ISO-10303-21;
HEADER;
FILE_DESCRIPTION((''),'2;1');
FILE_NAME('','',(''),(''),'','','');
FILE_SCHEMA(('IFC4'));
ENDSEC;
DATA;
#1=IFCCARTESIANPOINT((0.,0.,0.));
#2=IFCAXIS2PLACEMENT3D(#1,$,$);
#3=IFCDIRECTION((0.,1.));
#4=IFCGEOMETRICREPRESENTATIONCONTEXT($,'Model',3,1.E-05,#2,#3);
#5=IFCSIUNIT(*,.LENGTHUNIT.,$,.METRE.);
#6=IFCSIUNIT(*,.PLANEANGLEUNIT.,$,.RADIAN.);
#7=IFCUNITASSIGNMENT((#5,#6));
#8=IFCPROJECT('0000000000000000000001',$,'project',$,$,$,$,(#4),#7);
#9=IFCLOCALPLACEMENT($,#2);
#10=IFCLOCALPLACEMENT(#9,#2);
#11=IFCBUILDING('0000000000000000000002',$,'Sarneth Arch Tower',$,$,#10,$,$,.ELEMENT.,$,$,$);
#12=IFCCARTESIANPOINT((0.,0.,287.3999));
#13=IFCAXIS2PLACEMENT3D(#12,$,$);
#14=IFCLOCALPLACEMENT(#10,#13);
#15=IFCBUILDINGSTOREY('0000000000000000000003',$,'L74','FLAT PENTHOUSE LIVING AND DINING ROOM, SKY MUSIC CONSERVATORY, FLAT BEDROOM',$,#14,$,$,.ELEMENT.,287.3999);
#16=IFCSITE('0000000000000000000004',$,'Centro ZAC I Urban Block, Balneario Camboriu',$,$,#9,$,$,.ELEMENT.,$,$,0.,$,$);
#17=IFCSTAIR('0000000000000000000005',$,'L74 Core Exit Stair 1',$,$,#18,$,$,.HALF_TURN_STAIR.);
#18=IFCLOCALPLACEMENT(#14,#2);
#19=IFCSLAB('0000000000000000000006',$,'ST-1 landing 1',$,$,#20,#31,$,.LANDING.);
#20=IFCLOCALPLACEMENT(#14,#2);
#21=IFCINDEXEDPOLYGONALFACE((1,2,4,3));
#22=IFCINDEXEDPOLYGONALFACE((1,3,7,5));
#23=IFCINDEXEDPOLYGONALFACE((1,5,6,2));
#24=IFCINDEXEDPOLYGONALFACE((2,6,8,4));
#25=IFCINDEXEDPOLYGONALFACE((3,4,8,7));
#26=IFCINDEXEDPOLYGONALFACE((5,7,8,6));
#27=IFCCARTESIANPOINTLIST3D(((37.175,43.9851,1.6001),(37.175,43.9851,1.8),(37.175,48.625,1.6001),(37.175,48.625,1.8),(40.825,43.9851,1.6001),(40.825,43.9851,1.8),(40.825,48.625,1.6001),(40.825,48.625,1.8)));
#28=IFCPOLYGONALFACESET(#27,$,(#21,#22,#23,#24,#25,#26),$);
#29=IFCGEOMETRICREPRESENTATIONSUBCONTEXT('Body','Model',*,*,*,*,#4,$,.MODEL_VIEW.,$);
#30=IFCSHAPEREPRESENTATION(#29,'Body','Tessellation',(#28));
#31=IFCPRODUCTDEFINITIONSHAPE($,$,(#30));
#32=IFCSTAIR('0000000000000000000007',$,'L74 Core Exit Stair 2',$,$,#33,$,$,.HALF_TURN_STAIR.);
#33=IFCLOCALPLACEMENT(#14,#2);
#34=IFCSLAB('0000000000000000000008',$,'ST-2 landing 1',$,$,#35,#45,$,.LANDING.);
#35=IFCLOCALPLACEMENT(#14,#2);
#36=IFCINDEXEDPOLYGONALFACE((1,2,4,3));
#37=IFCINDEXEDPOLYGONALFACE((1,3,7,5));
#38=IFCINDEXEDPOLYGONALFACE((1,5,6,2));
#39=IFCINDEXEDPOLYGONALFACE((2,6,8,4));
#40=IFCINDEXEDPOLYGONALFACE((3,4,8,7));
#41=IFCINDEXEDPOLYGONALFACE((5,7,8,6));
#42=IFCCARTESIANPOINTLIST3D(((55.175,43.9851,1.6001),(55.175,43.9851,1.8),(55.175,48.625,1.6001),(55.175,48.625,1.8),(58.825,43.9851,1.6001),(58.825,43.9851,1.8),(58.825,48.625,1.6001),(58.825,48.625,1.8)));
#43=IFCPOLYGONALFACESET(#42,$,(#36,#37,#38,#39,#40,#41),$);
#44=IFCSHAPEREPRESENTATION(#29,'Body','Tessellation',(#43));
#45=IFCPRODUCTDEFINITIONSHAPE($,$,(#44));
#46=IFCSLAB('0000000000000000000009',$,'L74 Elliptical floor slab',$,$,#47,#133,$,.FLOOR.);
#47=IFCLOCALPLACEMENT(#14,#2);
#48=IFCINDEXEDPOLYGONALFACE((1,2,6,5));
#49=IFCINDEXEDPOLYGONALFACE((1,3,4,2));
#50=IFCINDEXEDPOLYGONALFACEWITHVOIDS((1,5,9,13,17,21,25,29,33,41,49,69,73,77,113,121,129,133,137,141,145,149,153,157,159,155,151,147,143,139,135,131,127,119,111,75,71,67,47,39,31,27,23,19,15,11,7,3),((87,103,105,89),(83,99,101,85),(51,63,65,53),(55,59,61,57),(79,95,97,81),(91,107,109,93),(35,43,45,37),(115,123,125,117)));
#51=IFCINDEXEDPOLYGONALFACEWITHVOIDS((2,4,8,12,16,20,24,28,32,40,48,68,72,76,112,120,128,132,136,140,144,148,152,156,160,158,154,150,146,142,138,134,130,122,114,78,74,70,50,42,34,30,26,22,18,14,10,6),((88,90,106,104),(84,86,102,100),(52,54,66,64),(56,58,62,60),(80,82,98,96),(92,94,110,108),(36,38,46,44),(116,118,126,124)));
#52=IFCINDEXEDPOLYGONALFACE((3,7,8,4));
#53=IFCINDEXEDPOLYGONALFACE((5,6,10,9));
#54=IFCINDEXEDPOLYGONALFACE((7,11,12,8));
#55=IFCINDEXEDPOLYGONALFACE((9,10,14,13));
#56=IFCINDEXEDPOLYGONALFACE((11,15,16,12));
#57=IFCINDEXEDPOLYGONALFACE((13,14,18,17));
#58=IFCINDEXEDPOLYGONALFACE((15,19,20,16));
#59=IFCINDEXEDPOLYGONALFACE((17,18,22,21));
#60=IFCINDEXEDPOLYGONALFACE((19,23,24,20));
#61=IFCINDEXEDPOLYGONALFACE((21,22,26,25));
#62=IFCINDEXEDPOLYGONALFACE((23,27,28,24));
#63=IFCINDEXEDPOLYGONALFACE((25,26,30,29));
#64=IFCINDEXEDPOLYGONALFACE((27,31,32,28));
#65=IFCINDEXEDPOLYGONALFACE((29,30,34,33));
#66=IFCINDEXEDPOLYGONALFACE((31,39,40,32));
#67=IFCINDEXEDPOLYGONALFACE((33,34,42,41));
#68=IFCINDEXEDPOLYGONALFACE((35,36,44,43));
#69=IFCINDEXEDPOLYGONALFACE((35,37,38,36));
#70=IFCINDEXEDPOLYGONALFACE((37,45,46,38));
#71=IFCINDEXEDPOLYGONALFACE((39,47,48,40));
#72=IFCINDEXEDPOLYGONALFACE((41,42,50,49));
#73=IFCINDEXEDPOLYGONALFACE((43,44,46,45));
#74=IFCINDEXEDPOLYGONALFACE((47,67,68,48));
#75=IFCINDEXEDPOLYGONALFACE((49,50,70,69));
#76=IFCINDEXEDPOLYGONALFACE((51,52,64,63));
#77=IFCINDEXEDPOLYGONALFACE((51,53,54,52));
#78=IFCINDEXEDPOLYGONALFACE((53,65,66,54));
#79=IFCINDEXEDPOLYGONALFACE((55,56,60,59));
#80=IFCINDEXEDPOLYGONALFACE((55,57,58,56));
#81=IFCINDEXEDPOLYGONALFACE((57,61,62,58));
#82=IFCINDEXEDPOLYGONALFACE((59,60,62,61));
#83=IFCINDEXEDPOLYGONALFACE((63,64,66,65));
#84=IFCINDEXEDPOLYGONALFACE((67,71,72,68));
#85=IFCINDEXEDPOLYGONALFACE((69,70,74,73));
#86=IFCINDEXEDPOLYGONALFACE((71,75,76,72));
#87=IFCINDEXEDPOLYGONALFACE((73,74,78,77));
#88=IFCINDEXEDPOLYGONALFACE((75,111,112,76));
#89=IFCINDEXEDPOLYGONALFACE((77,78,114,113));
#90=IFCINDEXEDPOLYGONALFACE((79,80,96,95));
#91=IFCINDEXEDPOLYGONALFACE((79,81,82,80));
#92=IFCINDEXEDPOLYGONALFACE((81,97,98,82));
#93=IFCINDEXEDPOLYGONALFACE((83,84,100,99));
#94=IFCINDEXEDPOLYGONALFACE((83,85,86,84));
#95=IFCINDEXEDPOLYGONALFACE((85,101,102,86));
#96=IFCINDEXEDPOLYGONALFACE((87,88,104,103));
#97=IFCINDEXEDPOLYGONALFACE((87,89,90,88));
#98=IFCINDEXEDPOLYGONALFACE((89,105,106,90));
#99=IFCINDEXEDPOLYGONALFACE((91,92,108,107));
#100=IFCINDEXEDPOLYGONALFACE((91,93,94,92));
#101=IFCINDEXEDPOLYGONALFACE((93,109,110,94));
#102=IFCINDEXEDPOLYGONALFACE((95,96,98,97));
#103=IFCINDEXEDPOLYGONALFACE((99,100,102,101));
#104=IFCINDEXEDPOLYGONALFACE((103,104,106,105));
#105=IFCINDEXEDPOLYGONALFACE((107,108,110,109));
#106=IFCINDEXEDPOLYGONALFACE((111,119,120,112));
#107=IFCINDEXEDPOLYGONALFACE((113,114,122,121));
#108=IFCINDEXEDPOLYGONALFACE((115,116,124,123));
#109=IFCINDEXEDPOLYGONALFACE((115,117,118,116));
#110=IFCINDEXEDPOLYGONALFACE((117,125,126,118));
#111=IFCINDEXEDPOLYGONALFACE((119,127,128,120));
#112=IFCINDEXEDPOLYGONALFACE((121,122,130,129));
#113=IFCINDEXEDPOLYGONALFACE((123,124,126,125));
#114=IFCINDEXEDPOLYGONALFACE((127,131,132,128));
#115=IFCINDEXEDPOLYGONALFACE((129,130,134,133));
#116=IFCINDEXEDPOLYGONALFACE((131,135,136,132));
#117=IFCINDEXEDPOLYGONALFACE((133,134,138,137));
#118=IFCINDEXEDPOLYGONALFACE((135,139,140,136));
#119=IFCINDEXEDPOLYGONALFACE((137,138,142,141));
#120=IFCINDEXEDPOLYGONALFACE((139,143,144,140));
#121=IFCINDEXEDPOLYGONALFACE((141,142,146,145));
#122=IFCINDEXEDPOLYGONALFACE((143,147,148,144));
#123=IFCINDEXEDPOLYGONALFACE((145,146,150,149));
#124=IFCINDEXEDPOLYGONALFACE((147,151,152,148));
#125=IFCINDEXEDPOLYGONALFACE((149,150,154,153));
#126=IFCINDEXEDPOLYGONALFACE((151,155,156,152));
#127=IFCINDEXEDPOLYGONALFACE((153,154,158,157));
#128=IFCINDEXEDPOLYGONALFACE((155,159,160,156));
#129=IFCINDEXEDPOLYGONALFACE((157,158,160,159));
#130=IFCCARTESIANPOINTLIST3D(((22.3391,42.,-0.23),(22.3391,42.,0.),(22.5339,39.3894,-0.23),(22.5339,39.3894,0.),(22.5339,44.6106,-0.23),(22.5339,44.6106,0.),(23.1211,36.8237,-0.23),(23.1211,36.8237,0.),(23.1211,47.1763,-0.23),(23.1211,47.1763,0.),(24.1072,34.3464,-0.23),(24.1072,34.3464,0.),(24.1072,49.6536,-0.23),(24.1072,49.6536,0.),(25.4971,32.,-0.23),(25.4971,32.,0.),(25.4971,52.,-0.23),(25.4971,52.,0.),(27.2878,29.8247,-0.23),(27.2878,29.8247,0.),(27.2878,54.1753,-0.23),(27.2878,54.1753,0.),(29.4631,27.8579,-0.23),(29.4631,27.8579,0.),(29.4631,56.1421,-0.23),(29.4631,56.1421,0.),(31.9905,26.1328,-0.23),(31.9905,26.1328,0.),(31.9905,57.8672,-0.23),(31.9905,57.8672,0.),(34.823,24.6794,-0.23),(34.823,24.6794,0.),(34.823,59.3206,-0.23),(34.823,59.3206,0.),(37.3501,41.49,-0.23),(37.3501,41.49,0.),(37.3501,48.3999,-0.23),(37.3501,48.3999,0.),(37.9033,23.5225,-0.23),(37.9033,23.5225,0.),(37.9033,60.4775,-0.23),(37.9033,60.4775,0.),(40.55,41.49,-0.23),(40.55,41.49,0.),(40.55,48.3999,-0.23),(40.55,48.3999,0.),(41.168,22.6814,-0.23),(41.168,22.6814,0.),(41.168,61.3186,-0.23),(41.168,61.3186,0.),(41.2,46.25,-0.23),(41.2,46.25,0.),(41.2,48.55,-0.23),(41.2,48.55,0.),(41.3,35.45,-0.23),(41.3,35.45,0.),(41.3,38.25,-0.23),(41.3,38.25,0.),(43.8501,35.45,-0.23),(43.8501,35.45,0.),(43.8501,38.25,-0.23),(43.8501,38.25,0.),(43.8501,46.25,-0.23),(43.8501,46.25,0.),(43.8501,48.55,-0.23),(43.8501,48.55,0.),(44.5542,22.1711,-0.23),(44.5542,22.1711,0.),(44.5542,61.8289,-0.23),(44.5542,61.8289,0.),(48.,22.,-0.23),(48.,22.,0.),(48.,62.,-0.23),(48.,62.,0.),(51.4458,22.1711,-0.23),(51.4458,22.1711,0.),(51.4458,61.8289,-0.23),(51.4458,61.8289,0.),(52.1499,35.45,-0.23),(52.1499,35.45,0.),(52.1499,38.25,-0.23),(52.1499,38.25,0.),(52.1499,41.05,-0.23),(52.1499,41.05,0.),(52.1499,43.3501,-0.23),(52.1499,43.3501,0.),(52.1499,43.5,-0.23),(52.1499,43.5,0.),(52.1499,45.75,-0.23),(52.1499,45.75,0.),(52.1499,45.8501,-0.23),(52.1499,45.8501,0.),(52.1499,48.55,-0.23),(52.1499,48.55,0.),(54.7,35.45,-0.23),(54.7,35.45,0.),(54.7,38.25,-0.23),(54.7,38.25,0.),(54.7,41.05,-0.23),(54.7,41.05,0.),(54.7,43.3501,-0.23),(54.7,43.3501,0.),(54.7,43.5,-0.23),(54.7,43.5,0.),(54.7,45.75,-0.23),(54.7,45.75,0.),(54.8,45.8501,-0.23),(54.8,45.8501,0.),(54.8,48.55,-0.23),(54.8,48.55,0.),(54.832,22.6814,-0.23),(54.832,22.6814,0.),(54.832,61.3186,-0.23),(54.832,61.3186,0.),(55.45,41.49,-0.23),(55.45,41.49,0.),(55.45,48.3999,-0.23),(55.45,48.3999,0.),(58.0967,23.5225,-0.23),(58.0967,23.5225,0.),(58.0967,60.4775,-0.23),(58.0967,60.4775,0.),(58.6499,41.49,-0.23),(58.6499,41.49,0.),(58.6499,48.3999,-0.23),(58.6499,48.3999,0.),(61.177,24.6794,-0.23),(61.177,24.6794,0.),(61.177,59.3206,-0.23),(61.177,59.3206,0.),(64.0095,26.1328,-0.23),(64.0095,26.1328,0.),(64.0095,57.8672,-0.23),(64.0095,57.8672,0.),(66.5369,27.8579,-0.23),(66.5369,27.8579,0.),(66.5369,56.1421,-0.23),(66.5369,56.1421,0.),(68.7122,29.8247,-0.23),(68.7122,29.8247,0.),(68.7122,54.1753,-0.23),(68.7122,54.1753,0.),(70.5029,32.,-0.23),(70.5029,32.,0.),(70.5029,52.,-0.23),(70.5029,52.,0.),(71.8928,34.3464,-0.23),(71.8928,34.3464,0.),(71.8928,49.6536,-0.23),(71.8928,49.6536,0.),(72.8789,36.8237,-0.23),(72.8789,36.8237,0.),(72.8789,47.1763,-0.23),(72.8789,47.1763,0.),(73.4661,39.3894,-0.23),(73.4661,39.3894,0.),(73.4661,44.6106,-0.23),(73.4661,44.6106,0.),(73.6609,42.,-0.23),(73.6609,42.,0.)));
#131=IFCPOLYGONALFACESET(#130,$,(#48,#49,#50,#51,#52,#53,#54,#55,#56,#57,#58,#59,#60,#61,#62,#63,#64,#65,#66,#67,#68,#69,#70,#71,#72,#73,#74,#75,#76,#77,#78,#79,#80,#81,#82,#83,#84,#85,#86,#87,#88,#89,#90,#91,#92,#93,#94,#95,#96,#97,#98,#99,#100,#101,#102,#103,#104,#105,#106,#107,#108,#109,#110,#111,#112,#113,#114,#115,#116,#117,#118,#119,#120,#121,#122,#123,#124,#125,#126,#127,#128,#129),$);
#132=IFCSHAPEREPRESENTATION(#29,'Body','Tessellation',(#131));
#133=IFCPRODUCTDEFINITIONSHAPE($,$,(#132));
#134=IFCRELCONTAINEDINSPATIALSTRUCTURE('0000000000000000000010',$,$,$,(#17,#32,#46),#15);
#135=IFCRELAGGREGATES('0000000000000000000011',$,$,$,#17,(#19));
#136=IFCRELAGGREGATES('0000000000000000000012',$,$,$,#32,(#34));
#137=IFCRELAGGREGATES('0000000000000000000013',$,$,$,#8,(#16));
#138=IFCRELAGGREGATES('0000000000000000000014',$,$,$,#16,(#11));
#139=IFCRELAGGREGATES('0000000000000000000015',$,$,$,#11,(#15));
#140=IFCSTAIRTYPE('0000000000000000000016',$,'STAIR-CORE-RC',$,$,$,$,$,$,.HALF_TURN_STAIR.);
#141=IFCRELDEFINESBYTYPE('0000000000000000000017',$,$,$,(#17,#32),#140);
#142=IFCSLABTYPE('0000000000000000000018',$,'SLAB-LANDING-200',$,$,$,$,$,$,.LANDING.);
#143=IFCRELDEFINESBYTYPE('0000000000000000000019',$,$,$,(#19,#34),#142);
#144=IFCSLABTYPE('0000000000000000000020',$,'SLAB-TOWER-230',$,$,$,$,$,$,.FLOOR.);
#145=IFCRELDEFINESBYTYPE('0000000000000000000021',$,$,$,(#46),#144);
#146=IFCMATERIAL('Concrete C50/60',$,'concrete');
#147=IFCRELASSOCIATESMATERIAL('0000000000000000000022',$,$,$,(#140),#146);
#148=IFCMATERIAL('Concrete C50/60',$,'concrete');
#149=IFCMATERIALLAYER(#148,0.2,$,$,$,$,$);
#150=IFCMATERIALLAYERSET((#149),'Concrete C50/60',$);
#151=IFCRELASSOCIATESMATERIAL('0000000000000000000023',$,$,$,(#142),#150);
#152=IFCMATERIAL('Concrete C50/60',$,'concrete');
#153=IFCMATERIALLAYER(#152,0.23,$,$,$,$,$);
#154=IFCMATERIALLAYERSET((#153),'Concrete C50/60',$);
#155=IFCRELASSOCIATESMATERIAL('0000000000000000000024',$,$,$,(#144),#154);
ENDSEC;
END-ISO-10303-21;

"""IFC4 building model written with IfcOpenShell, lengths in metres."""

from ifc_helpers import new_model, si_unit, direction, frame, origin, place, context, subcontext, project, spatial, polyline, outline, extrude, material, layer, layer_set, type_object, element, aggregate, save


model = new_model("IFC4")

# Units and contexts
model_context = context("Model", 3, precision=1e-05, world=origin(), true_north=direction((0.0, 1.0)))
body_context = subcontext(model_context, "Body", "Model", "MODEL_VIEW")
ifc_project = project(units=[si_unit("LENGTHUNIT", "METRE"), si_unit("PLANEANGLEUNIT", "RADIAN")], contexts=[model_context])

# Site, building, storey
site_placement = place(None, origin())
site = spatial("IfcSite", under=ifc_project, at=site_placement, Name="Centro ZAC I Urban Block, Balneario Camboriu", CompositionType="ELEMENT", RefElevation=0.0)
building_placement = place(site_placement, origin())
building = spatial("IfcBuilding", under=site, at=building_placement, Name="Sarneth Arch Tower", CompositionType="ELEMENT")
storey_placement = place(building_placement, frame((0.0, 0.0, 287.3999)))
storey = spatial("IfcBuildingStorey", under=building, at=storey_placement, Name="L74", Description="FLAT PENTHOUSE LIVING AND DINING ROOM, SKY MUSIC CONSERVATORY, FLAT BEDROOM", CompositionType="ELEMENT", Elevation=287.3999)

# Stairs, slabs
ifc_material_1 = material(Name="Concrete C50/60", Category="concrete")
stair_type = type_object("IfcStairType", Name="STAIR-CORE-RC", PredefinedType="HALF_TURN_STAIR", material=ifc_material_1)
stair_1_placement = place(storey_placement, origin())
stair_1 = element("IfcStair", 1, at=stair_1_placement, inside=storey, type_object=stair_type, Name="L74 Core Exit Stair 1", PredefinedType="HALF_TURN_STAIR")
ifc_material_2 = material(Name="Concrete C50/60", Category="concrete")
ifc_layer_1 = layer(ifc_material_2, 0.2)
ifc_layer_set_1 = layer_set([ifc_layer_1], Name="Concrete C50/60")
slab_type_1 = type_object("IfcSlabType", Name="SLAB-LANDING-200", PredefinedType="LANDING", material=ifc_layer_set_1)
slab_1_placement = place(storey_placement, frame((0.0, 0.0, 1.6001)))
slab_1 = element("IfcSlab", 2, at=slab_1_placement, type_object=slab_type_1, Name="ST-1 landing 1", PredefinedType="LANDING", context=body_context, shape_type="SweptSolid", body=[
    extrude(outline(polyline([(37.175, 43.9851), (40.825, 43.9851), (40.825, 48.625), (37.175, 48.625), (37.175, 43.9851)])), origin(), (0.0, 0.0, 1.0), 0.2),
])
aggregate(stair_1, [slab_1])
stair_2_placement = place(storey_placement, origin())
stair_2 = element("IfcStair", 3, at=stair_2_placement, inside=storey, type_object=stair_type, Name="L74 Core Exit Stair 2", PredefinedType="HALF_TURN_STAIR")
slab_2_placement = place(storey_placement, frame((0.0, 0.0, 1.6001)))
slab_2 = element("IfcSlab", 4, at=slab_2_placement, type_object=slab_type_1, Name="ST-2 landing 1", PredefinedType="LANDING", context=body_context, shape_type="SweptSolid", body=[
    extrude(outline(polyline([(55.175, 43.9851), (58.825, 43.9851), (58.825, 48.625), (55.175, 48.625), (55.175, 43.9851)])), origin(), (0.0, 0.0, 1.0), 0.2),
])
aggregate(stair_2, [slab_2])

# Slab
ifc_material_3 = material(Name="Concrete C50/60", Category="concrete")
ifc_layer_2 = layer(ifc_material_3, 0.23)
ifc_layer_set_2 = layer_set([ifc_layer_2], Name="Concrete C50/60")
slab_type_2 = type_object("IfcSlabType", Name="SLAB-TOWER-230", PredefinedType="FLOOR", material=ifc_layer_set_2)
slab_3_placement = place(storey_placement, frame((0.0, 0.0, -0.23)))
element("IfcSlab", 5, at=slab_3_placement, inside=storey, type_object=slab_type_2, Name="L74 Elliptical floor slab", PredefinedType="FLOOR", context=body_context, shape_type="SweptSolid", body=[
    extrude(outline(polyline([(73.6609, 42.0), (73.4661, 44.6106), (72.8789, 47.1763), (71.8928, 49.6536), (70.5029, 52.0), (68.7122, 54.1753), (66.5369, 56.1421), (64.0095, 57.8672), (61.177, 59.3206), (58.0967, 60.4775), (54.832, 61.3186), (51.4458, 61.8289), (48.0, 62.0), (44.5542, 61.8289), (41.168, 61.3186), (37.9033, 60.4775), (34.823, 59.3206), (31.9905, 57.8672), (29.4631, 56.1421), (27.2878, 54.1753), (25.4971, 52.0), (24.1072, 49.6536), (23.1211, 47.1763), (22.5339, 44.6106), (22.3391, 42.0), (22.5339, 39.3894), (23.1211, 36.8237), (24.1072, 34.3464), (25.4971, 32.0), (27.2878, 29.8247), (29.4631, 27.8579), (31.9905, 26.1328), (34.823, 24.6794), (37.9033, 23.5225), (41.168, 22.6814), (44.5542, 22.1711), (48.0, 22.0), (51.4458, 22.1711), (54.832, 22.6814), (58.0967, 23.5225), (61.177, 24.6794), (64.0095, 26.1328), (66.5369, 27.8579), (68.7122, 29.8247), (70.5029, 32.0), (71.8928, 34.3464), (72.8789, 36.8237), (73.4661, 39.3894), (73.6609, 42.0)]), holes=[polyline([(37.3501, 41.49), (40.55, 41.49), (40.55, 48.3999), (37.3501, 48.3999), (37.3501, 41.49)]), polyline([(55.45, 41.49), (58.6499, 41.49), (58.6499, 48.3999), (55.45, 48.3999), (55.45, 41.49)]), polyline([(41.2, 46.25), (43.8501, 46.25), (43.8501, 48.55), (41.2, 48.55), (41.2, 46.25)]), polyline([(41.3, 35.45), (43.8501, 35.45), (43.8501, 38.25), (41.3, 38.25), (41.3, 35.45)]), polyline([(52.1499, 35.45), (54.7, 35.45), (54.7, 38.25), (52.1499, 38.25), (52.1499, 35.45)]), polyline([(52.1499, 45.8501), (54.8, 45.8501), (54.8, 48.55), (52.1499, 48.55), (52.1499, 45.8501)]), polyline([(52.1499, 41.05), (54.7, 41.05), (54.7, 43.3501), (52.1499, 43.3501), (52.1499, 41.05)]), polyline([(52.1499, 43.5), (54.7, 43.5), (54.7, 45.75), (52.1499, 45.75), (52.1499, 43.5)])]), origin(), (0.0, 0.0, 1.0), 0.23),
])

save(model, "model.ifc")
